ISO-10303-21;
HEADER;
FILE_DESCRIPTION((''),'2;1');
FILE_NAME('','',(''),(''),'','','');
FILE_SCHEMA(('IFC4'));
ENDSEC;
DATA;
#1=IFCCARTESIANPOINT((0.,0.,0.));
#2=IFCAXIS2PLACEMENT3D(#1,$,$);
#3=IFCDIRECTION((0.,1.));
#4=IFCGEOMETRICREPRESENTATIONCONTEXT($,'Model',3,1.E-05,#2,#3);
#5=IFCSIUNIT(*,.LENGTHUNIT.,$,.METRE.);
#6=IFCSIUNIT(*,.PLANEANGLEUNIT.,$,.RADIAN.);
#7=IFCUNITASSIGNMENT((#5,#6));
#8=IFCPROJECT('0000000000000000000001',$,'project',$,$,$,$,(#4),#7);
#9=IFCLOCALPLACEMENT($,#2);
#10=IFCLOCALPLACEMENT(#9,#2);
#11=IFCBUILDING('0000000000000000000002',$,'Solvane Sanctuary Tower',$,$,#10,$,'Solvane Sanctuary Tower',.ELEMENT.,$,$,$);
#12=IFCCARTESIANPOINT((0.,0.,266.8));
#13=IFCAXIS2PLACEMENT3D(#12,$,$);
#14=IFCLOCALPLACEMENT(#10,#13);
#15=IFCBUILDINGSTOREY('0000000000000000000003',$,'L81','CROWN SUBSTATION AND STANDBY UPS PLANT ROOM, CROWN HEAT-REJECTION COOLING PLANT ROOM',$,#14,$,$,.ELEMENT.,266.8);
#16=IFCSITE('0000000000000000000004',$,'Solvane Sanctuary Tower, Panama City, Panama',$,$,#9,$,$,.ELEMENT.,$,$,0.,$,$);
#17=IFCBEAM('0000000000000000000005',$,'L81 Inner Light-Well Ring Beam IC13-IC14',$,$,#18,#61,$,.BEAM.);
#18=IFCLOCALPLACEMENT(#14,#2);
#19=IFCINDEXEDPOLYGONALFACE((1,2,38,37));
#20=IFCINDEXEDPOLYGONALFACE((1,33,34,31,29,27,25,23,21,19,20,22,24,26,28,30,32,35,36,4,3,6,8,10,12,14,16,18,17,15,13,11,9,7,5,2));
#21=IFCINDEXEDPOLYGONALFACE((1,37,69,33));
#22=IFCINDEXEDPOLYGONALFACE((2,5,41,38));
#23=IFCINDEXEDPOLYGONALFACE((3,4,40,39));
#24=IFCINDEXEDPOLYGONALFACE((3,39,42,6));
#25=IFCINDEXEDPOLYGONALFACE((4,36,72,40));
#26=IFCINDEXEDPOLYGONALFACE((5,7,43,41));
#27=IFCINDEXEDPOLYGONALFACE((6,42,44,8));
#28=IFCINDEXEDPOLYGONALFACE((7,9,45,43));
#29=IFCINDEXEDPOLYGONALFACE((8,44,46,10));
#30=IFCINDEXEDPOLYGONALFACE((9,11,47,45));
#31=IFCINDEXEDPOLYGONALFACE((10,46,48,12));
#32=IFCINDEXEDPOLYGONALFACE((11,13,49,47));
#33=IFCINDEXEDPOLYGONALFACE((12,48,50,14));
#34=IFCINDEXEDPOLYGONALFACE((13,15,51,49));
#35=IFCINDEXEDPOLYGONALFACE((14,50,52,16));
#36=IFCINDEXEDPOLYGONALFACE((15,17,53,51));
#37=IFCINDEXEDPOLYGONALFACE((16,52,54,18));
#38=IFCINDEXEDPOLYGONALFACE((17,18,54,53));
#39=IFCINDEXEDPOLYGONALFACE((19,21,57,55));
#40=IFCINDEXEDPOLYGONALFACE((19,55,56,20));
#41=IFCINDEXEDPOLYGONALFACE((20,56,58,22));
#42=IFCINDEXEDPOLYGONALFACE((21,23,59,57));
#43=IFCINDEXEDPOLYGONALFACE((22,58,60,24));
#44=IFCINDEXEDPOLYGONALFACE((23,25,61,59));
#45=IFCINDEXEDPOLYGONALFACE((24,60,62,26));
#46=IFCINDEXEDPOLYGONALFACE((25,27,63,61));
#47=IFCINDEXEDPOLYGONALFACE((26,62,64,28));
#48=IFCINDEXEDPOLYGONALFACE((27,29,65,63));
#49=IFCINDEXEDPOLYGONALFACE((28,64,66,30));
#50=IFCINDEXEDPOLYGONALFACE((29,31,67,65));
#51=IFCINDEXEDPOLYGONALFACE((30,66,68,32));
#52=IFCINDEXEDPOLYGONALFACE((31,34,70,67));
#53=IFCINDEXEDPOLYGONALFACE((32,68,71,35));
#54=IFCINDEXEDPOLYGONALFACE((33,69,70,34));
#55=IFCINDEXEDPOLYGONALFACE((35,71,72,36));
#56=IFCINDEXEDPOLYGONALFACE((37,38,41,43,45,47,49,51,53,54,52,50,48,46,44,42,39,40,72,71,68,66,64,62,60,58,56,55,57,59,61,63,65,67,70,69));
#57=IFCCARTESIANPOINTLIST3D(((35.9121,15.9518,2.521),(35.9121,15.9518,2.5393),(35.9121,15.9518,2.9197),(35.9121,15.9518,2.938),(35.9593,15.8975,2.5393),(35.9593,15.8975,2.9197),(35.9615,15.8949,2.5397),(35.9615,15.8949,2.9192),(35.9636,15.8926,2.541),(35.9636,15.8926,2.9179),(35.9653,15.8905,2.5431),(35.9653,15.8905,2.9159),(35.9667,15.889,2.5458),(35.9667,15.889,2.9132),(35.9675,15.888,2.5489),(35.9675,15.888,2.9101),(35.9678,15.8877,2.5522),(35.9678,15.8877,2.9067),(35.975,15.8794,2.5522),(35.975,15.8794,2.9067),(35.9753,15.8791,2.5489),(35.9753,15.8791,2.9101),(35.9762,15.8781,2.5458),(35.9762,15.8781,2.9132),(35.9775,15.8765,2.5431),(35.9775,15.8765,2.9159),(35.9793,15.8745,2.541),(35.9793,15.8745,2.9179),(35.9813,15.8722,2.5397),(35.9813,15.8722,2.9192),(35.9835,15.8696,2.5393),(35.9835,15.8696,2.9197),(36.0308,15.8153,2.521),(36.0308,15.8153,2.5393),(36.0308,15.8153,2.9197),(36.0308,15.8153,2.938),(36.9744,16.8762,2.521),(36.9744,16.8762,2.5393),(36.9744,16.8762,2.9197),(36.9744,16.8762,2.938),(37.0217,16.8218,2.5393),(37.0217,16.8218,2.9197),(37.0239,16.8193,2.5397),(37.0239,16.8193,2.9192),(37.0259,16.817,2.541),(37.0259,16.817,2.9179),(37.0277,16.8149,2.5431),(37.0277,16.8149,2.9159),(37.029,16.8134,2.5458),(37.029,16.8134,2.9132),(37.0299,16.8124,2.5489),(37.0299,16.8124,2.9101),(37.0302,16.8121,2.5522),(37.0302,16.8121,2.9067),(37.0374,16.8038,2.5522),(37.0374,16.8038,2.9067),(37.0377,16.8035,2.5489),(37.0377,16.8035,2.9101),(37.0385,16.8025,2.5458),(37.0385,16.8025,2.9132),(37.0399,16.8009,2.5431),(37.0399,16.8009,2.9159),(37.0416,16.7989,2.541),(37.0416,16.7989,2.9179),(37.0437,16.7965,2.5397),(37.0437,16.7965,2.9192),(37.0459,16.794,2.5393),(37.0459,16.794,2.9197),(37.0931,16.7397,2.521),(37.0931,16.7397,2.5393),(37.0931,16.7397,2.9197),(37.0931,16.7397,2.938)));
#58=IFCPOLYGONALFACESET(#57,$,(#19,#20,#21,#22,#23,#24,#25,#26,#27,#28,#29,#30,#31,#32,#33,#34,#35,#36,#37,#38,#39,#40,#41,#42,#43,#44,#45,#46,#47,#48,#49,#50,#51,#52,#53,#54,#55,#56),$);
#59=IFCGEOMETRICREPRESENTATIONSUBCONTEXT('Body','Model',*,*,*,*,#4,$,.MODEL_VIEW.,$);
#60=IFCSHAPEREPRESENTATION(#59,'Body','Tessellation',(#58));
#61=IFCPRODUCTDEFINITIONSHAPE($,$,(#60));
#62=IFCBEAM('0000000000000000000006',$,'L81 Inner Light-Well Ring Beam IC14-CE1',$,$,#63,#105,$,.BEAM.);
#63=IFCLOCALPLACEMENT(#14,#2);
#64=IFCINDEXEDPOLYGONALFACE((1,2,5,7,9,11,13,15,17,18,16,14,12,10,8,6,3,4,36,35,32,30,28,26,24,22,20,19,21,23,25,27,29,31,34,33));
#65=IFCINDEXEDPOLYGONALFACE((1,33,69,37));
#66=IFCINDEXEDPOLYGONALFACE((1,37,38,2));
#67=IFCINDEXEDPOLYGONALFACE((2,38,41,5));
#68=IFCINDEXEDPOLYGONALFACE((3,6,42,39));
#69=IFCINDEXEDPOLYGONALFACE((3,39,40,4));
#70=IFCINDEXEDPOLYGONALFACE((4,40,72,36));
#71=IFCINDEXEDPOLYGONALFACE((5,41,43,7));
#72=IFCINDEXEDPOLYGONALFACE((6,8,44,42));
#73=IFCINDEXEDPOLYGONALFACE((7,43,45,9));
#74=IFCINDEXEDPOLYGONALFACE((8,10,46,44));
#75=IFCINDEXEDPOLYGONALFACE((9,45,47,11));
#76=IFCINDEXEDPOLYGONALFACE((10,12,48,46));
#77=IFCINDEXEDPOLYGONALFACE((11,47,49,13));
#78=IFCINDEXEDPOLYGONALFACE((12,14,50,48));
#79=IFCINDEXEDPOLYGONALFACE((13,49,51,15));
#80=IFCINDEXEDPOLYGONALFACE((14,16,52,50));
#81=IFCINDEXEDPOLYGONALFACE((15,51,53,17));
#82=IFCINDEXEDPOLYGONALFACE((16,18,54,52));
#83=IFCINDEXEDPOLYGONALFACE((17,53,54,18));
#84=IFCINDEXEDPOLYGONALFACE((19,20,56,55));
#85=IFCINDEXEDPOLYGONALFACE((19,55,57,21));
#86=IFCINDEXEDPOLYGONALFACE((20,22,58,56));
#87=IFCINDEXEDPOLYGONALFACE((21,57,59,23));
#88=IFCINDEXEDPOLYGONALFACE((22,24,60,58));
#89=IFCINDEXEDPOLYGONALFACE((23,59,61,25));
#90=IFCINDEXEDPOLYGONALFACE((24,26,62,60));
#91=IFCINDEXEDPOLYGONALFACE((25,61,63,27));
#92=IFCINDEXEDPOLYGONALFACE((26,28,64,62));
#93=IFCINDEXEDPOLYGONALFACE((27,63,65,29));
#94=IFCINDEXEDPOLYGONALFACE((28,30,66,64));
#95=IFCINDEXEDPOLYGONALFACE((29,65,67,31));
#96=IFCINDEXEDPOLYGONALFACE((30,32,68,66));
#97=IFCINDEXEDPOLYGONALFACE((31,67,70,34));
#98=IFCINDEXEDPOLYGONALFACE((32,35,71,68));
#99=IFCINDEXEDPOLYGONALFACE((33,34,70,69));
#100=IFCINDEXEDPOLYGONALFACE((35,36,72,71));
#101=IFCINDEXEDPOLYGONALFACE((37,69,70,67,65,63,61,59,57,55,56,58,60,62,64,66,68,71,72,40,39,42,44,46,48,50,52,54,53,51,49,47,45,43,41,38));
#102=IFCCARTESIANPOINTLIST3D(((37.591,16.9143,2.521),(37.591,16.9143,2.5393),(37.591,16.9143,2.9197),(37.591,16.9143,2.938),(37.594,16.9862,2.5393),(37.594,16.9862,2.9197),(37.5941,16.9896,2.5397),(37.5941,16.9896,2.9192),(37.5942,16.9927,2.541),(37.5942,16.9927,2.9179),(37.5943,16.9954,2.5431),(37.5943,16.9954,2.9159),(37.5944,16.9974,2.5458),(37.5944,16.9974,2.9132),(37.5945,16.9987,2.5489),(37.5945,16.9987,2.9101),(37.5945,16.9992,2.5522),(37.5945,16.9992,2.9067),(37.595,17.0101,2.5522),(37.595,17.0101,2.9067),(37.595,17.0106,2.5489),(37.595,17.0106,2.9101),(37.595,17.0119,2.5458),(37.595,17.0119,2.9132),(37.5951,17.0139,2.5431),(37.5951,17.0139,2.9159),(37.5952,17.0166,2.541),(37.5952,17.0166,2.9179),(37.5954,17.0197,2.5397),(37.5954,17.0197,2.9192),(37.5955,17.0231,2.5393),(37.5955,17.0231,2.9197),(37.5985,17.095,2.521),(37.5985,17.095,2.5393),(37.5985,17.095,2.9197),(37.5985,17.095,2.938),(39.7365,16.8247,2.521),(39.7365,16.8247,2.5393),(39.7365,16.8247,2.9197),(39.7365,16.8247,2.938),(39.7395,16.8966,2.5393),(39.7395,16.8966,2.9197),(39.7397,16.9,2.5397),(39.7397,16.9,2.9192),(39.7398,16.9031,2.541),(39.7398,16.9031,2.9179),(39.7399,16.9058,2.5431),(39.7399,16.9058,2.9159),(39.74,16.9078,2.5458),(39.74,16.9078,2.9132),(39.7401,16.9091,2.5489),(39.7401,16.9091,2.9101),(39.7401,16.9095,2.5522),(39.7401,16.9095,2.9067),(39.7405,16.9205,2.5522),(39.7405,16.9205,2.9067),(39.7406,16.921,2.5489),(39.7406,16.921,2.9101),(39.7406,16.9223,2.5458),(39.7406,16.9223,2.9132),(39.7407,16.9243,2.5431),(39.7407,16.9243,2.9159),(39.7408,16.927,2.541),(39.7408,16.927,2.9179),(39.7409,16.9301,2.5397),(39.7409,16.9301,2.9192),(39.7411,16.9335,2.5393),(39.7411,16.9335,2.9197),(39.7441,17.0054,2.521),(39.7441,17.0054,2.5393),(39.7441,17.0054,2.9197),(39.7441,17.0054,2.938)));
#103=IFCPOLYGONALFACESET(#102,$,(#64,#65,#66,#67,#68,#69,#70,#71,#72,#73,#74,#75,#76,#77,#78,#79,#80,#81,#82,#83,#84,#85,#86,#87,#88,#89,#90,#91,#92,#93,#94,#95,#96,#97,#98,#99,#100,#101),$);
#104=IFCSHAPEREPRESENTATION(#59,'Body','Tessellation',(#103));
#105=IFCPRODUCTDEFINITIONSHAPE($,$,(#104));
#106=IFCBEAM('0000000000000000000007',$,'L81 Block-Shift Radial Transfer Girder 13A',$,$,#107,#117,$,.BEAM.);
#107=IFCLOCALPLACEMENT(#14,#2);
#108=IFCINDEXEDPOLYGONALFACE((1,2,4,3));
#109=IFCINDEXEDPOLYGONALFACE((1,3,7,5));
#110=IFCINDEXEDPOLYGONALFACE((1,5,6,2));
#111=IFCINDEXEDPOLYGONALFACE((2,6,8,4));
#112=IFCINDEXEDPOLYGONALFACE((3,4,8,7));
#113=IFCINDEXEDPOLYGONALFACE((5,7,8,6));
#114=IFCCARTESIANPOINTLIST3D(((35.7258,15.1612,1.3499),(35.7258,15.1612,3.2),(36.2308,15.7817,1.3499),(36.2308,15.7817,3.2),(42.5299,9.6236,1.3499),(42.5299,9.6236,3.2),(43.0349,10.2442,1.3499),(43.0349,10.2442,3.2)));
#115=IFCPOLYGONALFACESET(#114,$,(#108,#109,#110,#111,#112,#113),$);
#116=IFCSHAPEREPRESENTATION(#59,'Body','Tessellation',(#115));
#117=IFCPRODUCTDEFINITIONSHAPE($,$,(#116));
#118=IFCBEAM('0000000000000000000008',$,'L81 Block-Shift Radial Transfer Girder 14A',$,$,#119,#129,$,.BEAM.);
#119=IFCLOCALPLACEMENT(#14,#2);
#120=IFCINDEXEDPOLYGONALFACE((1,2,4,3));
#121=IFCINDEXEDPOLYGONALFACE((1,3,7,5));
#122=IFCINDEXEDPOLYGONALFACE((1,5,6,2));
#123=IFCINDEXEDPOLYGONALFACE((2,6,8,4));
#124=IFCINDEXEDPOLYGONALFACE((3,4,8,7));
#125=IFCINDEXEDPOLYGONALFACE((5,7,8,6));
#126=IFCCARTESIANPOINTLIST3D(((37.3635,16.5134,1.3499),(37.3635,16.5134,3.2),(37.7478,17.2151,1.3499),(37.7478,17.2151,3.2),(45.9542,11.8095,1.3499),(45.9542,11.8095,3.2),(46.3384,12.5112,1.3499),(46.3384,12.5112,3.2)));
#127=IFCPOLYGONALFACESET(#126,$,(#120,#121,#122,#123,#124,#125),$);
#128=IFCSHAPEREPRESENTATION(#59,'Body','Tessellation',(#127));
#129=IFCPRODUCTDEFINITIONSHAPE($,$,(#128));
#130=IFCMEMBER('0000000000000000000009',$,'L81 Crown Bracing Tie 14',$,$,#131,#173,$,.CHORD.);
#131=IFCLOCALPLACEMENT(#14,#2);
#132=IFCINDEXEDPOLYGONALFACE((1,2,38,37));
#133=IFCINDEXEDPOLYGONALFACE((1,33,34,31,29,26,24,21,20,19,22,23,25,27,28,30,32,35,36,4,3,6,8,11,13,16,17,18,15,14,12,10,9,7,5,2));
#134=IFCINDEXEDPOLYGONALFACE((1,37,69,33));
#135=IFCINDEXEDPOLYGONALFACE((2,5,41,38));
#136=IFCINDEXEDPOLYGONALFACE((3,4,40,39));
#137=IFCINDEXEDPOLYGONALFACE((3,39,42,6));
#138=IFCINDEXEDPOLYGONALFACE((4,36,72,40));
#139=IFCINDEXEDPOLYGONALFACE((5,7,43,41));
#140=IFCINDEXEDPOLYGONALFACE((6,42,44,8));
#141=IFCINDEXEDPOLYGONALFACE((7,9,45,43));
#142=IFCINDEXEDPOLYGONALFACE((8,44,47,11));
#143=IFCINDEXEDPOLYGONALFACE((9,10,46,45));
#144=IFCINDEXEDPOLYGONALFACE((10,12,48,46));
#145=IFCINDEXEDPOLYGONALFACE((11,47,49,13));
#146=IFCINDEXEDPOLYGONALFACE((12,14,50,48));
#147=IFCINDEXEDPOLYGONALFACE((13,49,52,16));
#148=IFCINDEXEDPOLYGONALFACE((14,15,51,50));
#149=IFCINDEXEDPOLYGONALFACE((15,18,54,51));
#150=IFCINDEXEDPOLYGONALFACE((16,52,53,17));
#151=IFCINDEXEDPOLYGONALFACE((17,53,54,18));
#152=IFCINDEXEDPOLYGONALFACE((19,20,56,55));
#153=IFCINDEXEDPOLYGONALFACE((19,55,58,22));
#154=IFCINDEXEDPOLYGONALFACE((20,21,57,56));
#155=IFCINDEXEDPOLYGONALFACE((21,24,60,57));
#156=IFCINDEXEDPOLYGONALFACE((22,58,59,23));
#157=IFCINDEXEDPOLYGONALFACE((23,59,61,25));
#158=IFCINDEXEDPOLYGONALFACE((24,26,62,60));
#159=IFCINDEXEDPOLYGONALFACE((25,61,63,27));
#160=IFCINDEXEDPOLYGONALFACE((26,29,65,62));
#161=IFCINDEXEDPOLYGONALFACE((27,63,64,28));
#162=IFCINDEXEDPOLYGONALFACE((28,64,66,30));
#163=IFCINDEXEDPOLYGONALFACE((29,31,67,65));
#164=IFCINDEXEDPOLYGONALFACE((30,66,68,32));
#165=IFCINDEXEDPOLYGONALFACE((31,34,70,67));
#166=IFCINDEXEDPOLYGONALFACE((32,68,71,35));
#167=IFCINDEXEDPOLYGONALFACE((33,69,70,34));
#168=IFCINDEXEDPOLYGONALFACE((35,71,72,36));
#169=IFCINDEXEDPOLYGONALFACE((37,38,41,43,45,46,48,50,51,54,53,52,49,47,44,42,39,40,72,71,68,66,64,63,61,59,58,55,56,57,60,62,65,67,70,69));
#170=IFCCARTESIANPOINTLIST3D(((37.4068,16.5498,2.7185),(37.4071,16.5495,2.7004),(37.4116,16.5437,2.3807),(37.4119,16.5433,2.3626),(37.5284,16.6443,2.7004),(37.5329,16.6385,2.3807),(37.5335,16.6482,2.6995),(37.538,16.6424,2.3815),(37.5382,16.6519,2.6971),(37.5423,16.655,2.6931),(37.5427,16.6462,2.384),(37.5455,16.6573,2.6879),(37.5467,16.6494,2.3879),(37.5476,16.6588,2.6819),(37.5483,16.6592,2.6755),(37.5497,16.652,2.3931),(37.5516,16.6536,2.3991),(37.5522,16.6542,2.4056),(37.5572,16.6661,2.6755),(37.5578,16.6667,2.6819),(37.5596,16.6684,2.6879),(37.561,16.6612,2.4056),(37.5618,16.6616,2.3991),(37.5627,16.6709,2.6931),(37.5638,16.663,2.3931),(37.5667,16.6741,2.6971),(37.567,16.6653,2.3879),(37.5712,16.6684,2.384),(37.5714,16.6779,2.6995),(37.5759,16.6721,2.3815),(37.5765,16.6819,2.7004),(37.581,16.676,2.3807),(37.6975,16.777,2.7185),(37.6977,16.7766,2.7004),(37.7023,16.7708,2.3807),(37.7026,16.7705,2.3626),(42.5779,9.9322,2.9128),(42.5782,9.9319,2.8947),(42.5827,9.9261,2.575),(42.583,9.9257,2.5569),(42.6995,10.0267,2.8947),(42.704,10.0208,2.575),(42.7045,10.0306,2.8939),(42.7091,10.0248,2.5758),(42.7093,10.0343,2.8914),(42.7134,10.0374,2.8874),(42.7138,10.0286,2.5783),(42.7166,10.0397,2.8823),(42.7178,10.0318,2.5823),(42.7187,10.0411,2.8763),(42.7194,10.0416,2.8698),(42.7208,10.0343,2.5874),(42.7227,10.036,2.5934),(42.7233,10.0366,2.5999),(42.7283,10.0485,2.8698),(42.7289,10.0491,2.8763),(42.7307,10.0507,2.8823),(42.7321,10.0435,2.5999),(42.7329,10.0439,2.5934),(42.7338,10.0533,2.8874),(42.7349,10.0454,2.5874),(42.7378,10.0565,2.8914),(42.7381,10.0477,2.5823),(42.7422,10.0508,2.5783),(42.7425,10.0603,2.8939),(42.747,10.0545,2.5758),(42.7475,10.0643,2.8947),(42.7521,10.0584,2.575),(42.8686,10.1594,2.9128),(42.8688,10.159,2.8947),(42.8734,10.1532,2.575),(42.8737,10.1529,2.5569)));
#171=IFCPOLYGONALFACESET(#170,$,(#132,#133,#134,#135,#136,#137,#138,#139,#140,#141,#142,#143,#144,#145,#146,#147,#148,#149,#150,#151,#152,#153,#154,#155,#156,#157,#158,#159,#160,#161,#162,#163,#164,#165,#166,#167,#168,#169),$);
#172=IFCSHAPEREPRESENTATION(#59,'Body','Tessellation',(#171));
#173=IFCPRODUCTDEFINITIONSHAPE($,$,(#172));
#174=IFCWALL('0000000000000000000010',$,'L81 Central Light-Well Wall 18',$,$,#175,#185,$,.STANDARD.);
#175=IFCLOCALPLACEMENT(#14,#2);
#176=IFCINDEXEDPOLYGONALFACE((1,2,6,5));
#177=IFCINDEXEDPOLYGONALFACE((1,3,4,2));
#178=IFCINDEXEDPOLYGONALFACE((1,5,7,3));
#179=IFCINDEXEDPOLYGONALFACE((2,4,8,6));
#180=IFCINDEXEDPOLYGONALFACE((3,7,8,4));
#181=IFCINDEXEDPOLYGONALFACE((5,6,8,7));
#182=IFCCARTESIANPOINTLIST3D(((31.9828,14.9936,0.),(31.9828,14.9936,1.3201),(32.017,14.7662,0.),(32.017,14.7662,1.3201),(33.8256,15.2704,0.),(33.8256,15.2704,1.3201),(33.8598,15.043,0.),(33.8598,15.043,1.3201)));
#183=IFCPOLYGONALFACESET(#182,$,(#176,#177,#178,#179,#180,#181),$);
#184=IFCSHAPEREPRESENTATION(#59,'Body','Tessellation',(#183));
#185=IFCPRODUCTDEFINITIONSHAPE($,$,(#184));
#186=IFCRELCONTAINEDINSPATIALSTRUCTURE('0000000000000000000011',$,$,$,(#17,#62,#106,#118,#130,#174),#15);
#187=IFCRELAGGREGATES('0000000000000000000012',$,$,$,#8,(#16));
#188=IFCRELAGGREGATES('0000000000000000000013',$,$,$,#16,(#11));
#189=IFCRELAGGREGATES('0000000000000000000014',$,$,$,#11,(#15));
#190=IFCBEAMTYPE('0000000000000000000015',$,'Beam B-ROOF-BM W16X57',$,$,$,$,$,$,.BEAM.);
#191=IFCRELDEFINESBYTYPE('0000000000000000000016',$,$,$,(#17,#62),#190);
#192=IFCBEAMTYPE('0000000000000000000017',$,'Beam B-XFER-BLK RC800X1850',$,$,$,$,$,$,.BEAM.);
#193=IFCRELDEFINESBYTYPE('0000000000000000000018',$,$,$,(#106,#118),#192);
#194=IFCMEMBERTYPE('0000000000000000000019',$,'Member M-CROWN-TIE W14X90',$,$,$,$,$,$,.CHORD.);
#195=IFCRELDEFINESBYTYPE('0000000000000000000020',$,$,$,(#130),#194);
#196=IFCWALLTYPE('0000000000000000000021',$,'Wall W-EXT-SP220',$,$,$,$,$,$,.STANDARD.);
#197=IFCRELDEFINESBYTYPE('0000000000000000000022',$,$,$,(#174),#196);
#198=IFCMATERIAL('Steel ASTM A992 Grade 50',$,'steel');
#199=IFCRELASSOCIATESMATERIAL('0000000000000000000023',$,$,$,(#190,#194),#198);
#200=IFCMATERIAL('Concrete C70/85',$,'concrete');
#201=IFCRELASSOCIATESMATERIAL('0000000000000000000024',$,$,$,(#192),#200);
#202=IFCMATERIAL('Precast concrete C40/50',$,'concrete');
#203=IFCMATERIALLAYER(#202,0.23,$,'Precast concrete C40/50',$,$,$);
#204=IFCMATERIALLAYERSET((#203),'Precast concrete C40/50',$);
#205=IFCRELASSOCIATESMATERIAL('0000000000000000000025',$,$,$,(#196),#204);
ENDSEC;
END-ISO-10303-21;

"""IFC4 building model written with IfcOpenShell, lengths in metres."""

from ifc_helpers import new_model, si_unit, direction, frame, frame_2d, origin, origin_2d, place, context, subcontext, project, spatial, rectangle, i_section, extrude, material, layer, layer_set, material_profile, profile_set, type_object, element, save


model = new_model("IFC4")

# Units and contexts
model_context = context("Model", 3, precision=1e-05, world=origin(), true_north=direction((0.0, 1.0)))
body_context = subcontext(model_context, "Body", "Model", "MODEL_VIEW")
ifc_project = project(units=[si_unit("LENGTHUNIT", "METRE"), si_unit("PLANEANGLEUNIT", "RADIAN")], contexts=[model_context])

# Site, building, storey
site_placement = place(None, origin())
site = spatial("IfcSite", under=ifc_project, at=site_placement, Name="Solvane Sanctuary Tower, Panama City, Panama", CompositionType="ELEMENT", RefElevation=0.0)
building_placement = place(site_placement, origin())
building = spatial("IfcBuilding", under=site, at=building_placement, Name="Solvane Sanctuary Tower", LongName="Solvane Sanctuary Tower", CompositionType="ELEMENT")
storey_placement = place(building_placement, frame((0.0, 0.0, 266.8)))
storey = spatial("IfcBuildingStorey", under=building, at=storey_placement, Name="L81", Description="CROWN SUBSTATION AND STANDBY UPS PLANT ROOM, CROWN HEAT-REJECTION COOLING PLANT ROOM", CompositionType="ELEMENT", Elevation=266.8)

# Beams
ifc_material_1 = material(Name="Steel ASTM A992 Grade 50", Category="steel")
ifc_material_profile_1 = material_profile(ifc_material_1, i_section(OverallWidth=0.1809, OverallDepth=0.417, WebThickness=0.011, FlangeThickness=0.0183, FilletRadius=0.0129, at=origin_2d()), Name="W16X57")
ifc_profile_set_1 = profile_set([ifc_material_profile_1], Name="Steel ASTM A992 Grade 50")
beam_type_1 = type_object("IfcBeamType", Name="Beam B-ROOF-BM W16X57", PredefinedType="BEAM", material=ifc_profile_set_1)
beam_1_placement = place(storey_placement, frame((35.9714, 15.8835, 2.7295), z_axis=(0.754389, 0.656428, 0.0), x_axis=(-0.656428, 0.754389, 0.0)))
element("IfcBeam", 1, at=beam_1_placement, inside=storey, type_object=beam_type_1, Name="L81 Inner Light-Well Ring Beam IC13-IC14", PredefinedType="BEAM", context=body_context, shape_type="SweptSolid", body=[
    extrude(i_section(OverallWidth=0.1809, OverallDepth=0.417, WebThickness=0.011, FlangeThickness=0.0183, FilletRadius=0.0129, at=origin_2d()), origin(), (0.0, 0.0, 1.0), 1.4082),
])
beam_2_placement = place(storey_placement, frame((37.5947, 17.0046, 2.7295), z_axis=(0.999129, -0.041725, 0.0), x_axis=(0.041725, 0.999129, 0.0)))
element("IfcBeam", 2, at=beam_2_placement, inside=storey, type_object=beam_type_1, Name="L81 Inner Light-Well Ring Beam IC14-CE1", PredefinedType="BEAM", context=body_context, shape_type="SweptSolid", body=[
    extrude(i_section(OverallWidth=0.1809, OverallDepth=0.417, WebThickness=0.011, FlangeThickness=0.0183, FilletRadius=0.0129, at=origin_2d()), origin(), (0.0, 0.0, 1.0), 2.1475),
])
ifc_material_2 = material(Name="Concrete C70/85", Category="concrete")
ifc_material_profile_2 = material_profile(ifc_material_2, rectangle(XDim=0.8, YDim=1.8501, at=origin_2d()), Name="RC800X1850")
ifc_profile_set_2 = profile_set([ifc_material_profile_2], Name="Concrete C70/85")
beam_type_2 = type_object("IfcBeamType", Name="Beam B-XFER-BLK RC800X1850", PredefinedType="BEAM", material=ifc_profile_set_2)
beam_3_placement = place(storey_placement, frame((35.9783, 15.4714, 2.2749), z_axis=(0.775601, -0.631223, 0.0), x_axis=(0.631223, 0.775601, 0.0)))
element("IfcBeam", 3, at=beam_3_placement, inside=storey, type_object=beam_type_2, Name="L81 Block-Shift Radial Transfer Girder 13A", PredefinedType="BEAM", context=body_context, shape_type="SweptSolid", body=[
    extrude(rectangle(XDim=0.8, YDim=1.8501, at=origin_2d()), origin(), (0.0, 0.0, 1.0), 8.7727),
])
beam_4_placement = place(storey_placement, frame((37.5557, 16.8643, 2.2749), z_axis=(0.877118, -0.480275, 0.0), x_axis=(0.480275, 0.877118, 0.0)))
element("IfcBeam", 4, at=beam_4_placement, inside=storey, type_object=beam_type_2, Name="L81 Block-Shift Radial Transfer Girder 14A", PredefinedType="BEAM", context=body_context, shape_type="SweptSolid", body=[
    extrude(rectangle(XDim=0.8, YDim=1.8501, at=origin_2d()), origin(), (0.0, 0.0, 1.0), 9.7942),
])

# Member
ifc_material_profile_3 = material_profile(ifc_material_1, i_section(OverallWidth=0.3689, OverallDepth=0.356, WebThickness=0.0112, FlangeThickness=0.0181, FilletRadius=0.0249, at=origin_2d()), Name="W14X90")
ifc_profile_set_3 = profile_set([ifc_material_profile_3], Name="Steel ASTM A992 Grade 50")
member_type = type_object("IfcMemberType", Name="Member M-CROWN-TIE W14X90", PredefinedType="CHORD", material=ifc_profile_set_3)
member_placement = place(storey_placement, frame((37.5547, 16.6602, 2.5405), z_axis=(0.615559, -0.787751, 0.023133), x_axis=(0.787962, 0.615724, 0.0)))
element("IfcMember", 5, at=member_placement, inside=storey, type_object=member_type, Name="L81 Crown Bracing Tie 14", PredefinedType="CHORD", context=body_context, shape_type="SweptSolid", body=[
    extrude(i_section(OverallWidth=0.3689, OverallDepth=0.356, WebThickness=0.0112, FlangeThickness=0.0181, FilletRadius=0.0249, at=origin_2d()), origin(), (0.0, 0.0, 1.0), 8.4006),
])

# Wall
ifc_material_3 = material(Name="Precast concrete C40/50", Category="concrete")
ifc_layer_1 = layer(ifc_material_3, 0.23, Name="Precast concrete C40/50")
ifc_layer_set_1 = layer_set([ifc_layer_1], Name="Precast concrete C40/50")
wall_type_1 = type_object("IfcWallType", Name="Wall W-EXT-SP220", PredefinedType="STANDARD", material=ifc_layer_set_1)
wall_1_placement = place(storey_placement, frame((32.0, 14.8799, 0.0), z_axis=(0.0, 0.0, 1.0), x_axis=(0.988902, 0.148571, 0.0)))
element("IfcWall", 6, at=wall_1_placement, inside=storey, type_object=wall_type_1, Name="L81 Central Light-Well Wall 18", PredefinedType="STANDARD", context=body_context, shape_type="SweptSolid", body=[
    extrude(rectangle(XDim=1.8635, YDim=0.23, at=frame_2d((0.9316, 0.0))), origin(), (0.0, 0.0, 1.0), 1.3201),
])

save(model, "model.ifc")
